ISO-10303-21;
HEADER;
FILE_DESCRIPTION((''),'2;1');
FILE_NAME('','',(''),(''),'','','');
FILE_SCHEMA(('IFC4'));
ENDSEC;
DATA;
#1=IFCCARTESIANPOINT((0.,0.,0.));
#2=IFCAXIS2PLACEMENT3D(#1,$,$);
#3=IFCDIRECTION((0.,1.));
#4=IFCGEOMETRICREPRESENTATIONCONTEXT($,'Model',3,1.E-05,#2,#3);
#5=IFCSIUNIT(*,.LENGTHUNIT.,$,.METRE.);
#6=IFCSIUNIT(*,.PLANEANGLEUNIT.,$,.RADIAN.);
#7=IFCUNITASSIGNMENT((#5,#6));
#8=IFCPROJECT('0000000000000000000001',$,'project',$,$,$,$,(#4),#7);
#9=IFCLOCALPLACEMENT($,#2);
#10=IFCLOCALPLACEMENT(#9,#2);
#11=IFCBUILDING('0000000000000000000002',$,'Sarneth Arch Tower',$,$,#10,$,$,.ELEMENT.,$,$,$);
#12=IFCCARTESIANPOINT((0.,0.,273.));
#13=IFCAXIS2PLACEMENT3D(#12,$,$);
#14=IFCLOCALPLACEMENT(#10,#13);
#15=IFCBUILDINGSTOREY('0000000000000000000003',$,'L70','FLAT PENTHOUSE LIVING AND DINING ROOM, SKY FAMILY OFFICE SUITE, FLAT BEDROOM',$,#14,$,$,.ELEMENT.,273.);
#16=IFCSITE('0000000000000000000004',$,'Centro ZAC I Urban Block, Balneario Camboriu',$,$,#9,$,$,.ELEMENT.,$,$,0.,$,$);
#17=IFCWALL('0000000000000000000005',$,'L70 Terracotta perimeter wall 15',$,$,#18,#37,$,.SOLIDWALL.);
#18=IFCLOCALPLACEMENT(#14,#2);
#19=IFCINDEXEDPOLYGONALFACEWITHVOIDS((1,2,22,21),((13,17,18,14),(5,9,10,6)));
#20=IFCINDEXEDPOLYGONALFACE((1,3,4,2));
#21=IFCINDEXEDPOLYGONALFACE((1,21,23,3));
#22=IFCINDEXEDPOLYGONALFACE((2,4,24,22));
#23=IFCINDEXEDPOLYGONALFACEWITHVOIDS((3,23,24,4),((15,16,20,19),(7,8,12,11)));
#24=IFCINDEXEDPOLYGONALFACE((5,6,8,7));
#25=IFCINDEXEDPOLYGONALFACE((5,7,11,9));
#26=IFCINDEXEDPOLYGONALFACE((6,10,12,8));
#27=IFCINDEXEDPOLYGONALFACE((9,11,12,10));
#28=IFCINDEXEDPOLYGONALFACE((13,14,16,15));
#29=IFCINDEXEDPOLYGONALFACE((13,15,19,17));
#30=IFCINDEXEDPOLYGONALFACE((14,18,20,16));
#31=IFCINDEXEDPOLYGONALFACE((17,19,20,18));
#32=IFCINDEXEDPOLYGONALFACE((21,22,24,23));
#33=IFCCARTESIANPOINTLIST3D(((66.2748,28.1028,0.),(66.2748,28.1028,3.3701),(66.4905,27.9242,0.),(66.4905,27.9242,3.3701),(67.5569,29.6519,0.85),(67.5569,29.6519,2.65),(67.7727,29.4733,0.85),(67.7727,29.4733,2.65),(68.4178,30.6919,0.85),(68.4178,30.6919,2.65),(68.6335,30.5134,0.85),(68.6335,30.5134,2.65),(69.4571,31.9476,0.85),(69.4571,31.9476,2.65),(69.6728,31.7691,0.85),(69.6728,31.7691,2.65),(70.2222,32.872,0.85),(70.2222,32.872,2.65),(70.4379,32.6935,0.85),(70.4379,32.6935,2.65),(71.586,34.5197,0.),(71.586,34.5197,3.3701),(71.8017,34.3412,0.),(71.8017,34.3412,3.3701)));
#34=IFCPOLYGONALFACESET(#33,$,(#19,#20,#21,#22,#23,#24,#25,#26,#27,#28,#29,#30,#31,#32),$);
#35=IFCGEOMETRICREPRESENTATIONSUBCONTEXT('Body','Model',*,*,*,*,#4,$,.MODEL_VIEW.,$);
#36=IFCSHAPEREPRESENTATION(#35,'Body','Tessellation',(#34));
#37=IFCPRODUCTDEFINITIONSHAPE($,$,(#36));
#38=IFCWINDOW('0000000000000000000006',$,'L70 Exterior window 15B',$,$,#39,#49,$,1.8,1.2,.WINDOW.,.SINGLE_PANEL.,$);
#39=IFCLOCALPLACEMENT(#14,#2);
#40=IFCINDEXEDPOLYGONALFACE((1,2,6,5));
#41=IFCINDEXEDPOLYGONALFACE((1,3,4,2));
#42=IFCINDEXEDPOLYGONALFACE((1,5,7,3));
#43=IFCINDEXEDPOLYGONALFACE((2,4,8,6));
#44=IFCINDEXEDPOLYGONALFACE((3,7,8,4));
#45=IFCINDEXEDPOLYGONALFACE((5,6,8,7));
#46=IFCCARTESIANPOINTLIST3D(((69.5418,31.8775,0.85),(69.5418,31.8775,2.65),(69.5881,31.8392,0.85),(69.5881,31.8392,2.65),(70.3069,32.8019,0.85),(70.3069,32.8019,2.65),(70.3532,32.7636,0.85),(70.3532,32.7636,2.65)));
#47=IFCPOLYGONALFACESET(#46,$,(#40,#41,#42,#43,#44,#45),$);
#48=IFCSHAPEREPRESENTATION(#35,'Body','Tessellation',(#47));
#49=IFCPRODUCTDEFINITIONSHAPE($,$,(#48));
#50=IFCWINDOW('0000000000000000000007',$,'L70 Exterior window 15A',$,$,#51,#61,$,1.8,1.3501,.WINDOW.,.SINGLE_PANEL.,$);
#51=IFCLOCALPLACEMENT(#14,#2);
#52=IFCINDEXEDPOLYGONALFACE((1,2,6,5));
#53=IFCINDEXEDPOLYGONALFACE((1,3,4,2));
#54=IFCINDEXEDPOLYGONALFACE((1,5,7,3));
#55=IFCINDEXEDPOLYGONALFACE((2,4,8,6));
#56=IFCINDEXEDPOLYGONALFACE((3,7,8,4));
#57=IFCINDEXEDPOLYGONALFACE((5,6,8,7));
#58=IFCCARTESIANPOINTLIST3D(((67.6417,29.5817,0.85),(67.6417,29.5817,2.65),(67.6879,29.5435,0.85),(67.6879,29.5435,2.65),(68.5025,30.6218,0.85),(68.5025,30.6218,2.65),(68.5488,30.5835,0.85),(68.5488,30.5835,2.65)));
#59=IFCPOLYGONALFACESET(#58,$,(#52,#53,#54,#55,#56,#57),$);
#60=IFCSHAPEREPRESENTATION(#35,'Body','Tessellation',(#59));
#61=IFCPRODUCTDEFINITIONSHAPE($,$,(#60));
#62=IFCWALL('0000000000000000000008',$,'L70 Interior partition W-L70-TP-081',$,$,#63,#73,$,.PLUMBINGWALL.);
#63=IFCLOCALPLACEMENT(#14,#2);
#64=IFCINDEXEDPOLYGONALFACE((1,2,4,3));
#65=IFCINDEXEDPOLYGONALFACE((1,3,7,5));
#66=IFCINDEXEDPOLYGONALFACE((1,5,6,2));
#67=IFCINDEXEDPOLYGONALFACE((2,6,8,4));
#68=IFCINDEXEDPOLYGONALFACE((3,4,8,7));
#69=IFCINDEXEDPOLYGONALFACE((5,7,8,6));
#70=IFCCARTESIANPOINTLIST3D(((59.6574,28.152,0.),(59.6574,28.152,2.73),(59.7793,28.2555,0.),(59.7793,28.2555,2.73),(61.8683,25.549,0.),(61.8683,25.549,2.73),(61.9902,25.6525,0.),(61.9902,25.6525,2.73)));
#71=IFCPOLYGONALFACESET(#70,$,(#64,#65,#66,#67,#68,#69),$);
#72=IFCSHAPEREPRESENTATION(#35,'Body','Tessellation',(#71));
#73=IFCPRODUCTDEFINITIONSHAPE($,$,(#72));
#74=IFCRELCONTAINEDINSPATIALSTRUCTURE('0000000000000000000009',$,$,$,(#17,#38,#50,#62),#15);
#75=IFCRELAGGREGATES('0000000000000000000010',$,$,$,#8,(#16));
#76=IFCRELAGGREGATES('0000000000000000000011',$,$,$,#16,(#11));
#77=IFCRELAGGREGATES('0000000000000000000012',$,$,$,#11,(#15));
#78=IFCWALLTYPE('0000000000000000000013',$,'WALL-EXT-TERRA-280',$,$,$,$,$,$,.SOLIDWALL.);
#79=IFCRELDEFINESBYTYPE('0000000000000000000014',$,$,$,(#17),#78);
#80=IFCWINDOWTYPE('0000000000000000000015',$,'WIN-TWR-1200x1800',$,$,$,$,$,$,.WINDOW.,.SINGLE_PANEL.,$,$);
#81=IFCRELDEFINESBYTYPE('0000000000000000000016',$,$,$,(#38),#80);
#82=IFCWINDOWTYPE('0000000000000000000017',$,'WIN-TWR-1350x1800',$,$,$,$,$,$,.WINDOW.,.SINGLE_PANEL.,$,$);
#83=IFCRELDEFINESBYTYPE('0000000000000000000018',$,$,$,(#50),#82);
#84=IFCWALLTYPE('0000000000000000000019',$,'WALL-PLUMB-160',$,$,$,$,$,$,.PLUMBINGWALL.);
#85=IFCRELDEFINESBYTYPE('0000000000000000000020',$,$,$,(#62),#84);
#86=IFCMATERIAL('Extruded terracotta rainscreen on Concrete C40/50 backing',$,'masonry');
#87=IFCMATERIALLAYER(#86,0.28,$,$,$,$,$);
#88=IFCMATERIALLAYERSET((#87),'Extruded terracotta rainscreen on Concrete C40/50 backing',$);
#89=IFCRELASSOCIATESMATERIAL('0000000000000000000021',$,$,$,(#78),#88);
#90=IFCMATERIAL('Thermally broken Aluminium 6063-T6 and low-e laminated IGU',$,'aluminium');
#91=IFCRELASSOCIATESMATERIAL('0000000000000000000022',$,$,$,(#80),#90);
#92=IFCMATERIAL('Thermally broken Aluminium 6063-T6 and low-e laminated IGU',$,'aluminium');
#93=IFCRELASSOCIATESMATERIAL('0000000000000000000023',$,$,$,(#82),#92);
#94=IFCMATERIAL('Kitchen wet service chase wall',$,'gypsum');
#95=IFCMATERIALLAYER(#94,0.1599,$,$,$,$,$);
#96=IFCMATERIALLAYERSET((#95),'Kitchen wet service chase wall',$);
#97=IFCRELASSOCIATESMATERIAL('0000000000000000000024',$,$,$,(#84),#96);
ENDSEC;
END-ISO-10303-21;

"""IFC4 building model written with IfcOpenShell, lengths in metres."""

from ifc_helpers import new_model, si_unit, direction, frame, frame_2d, origin, place, context, subcontext, project, spatial, rectangle, extrude, material, layer, layer_set, type_object, element, fill, save


model = new_model("IFC4")

# Units and contexts
model_context = context("Model", 3, precision=1e-05, world=origin(), true_north=direction((0.0, 1.0)))
body_context = subcontext(model_context, "Body", "Model", "MODEL_VIEW")
ifc_project = project(units=[si_unit("LENGTHUNIT", "METRE"), si_unit("PLANEANGLEUNIT", "RADIAN")], contexts=[model_context])

# Site, building, storey
site_placement = place(None, origin())
site = spatial("IfcSite", under=ifc_project, at=site_placement, Name="Centro ZAC I Urban Block, Balneario Camboriu", CompositionType="ELEMENT", RefElevation=0.0)
building_placement = place(site_placement, origin())
building = spatial("IfcBuilding", under=site, at=building_placement, Name="Sarneth Arch Tower", CompositionType="ELEMENT")
storey_placement = place(building_placement, frame((0.0, 0.0, 273.0)))
storey = spatial("IfcBuildingStorey", under=building, at=storey_placement, Name="L70", Description="FLAT PENTHOUSE LIVING AND DINING ROOM, SKY FAMILY OFFICE SUITE, FLAT BEDROOM", CompositionType="ELEMENT", Elevation=273.0)

# Wall, openings, windows
ifc_material_1 = material(Name="Extruded terracotta rainscreen on Concrete C40/50 backing", Category="masonry")
ifc_layer_1 = layer(ifc_material_1, 0.28)
ifc_layer_set_1 = layer_set([ifc_layer_1], Name="Extruded terracotta rainscreen on Concrete C40/50 backing")
wall_type_1 = type_object("IfcWallType", Name="WALL-EXT-TERRA-280", PredefinedType="SOLIDWALL", material=ifc_layer_set_1)
wall_1_placement = place(storey_placement, frame((66.3826, 28.0134, 0.0), z_axis=(0.0, 0.0, 1.0), x_axis=(0.637615, 0.770355, 0.0)))
wall_1 = element("IfcWall", 1, at=wall_1_placement, inside=storey, type_object=wall_type_1, Name="L70 Terracotta perimeter wall 15", PredefinedType="SOLIDWALL", context=body_context, shape_type="SweptSolid", body=[
    extrude(rectangle(XDim=8.3298, YDim=0.28, at=frame_2d((4.165, 0.0))), origin(), (0.0, 0.0, 1.0), 3.3701),
])
opening_1_placement = place(wall_1_placement, frame((2.011, 0.0, 0.8501)))
opening_1 = element("IfcOpeningElement", 2, at=opening_1_placement, cuts=wall_1, PredefinedType="OPENING", context=body_context, shape_type="SweptSolid", body=[
    extrude(rectangle(XDim=1.3501, YDim=1.8, at=frame_2d((0.675, 0.8999))), frame((0.0, 0.1499, 0.0), z_axis=(0.0, -1.0, 0.0), x_axis=(1.0, 0.0, 0.0)), (0.0, 0.0, 1.0), 0.3),
])
opening_2_placement = place(wall_1_placement, frame((4.991, 0.0, 0.8501)))
opening_2 = element("IfcOpeningElement", 3, at=opening_2_placement, cuts=wall_1, PredefinedType="OPENING", context=body_context, shape_type="SweptSolid", body=[
    extrude(rectangle(XDim=1.2, YDim=1.8, at=frame_2d((0.6001, 0.8999))), frame((0.0, 0.1499, 0.0), z_axis=(0.0, -1.0, 0.0), x_axis=(1.0, 0.0, 0.0)), (0.0, 0.0, 1.0), 0.3),
])
ifc_material_2 = material(Name="Thermally broken Aluminium 6063-T6 and low-e laminated IGU", Category="aluminium")
window_type_1 = type_object("IfcWindowType", Name="WIN-TWR-1200x1800", PartitioningType="SINGLE_PANEL", PredefinedType="WINDOW", material=ifc_material_2)
window_1_placement = place(opening_2_placement, origin())
window_1 = element("IfcWindow", 4, at=window_1_placement, inside=storey, type_object=window_type_1, Name="L70 Exterior window 15B", OverallHeight=1.8, OverallWidth=1.2, PartitioningType="SINGLE_PANEL", PredefinedType="WINDOW", context=body_context, shape_type="SweptSolid", body=[
    extrude(rectangle(XDim=1.2, YDim=1.8, at=frame_2d((0.6001, 0.8999))), frame((0.0, 0.03, 0.0), z_axis=(0.0, -1.0, 0.0), x_axis=(1.0, 0.0, 0.0)), (0.0, 0.0, 1.0), 0.0601),
])
fill(opening_2, window_1)
ifc_material_3 = material(Name="Thermally broken Aluminium 6063-T6 and low-e laminated IGU", Category="aluminium")
window_type_2 = type_object("IfcWindowType", Name="WIN-TWR-1350x1800", PartitioningType="SINGLE_PANEL", PredefinedType="WINDOW", material=ifc_material_3)
window_2_placement = place(opening_1_placement, origin())
window_2 = element("IfcWindow", 5, at=window_2_placement, inside=storey, type_object=window_type_2, Name="L70 Exterior window 15A", OverallHeight=1.8, OverallWidth=1.3501, PartitioningType="SINGLE_PANEL", PredefinedType="WINDOW", context=body_context, shape_type="SweptSolid", body=[
    extrude(rectangle(XDim=1.3501, YDim=1.8, at=frame_2d((0.675, 0.8999))), frame((0.0, 0.03, 0.0), z_axis=(0.0, -1.0, 0.0), x_axis=(1.0, 0.0, 0.0)), (0.0, 0.0, 1.0), 0.0601),
])
fill(opening_1, window_2)

# Wall
ifc_material_4 = material(Name="Kitchen wet service chase wall", Category="gypsum")
ifc_layer_2 = layer(ifc_material_4, 0.1599)
ifc_layer_set_2 = layer_set([ifc_layer_2], Name="Kitchen wet service chase wall")
wall_type_2 = type_object("IfcWallType", Name="WALL-PLUMB-160", PredefinedType="PLUMBINGWALL", material=ifc_layer_set_2)
wall_2_placement = place(storey_placement, frame((61.9292, 25.6008, 0.0), z_axis=(0.0, 0.0, 1.0), x_axis=(-0.64737, 0.762176, 0.0)))
element("IfcWall", 6, at=wall_2_placement, inside=storey, type_object=wall_type_2, Name="L70 Interior partition W-L70-TP-081", PredefinedType="PLUMBINGWALL", context=body_context, shape_type="SweptSolid", body=[
    extrude(rectangle(XDim=3.4153, YDim=0.1599, at=frame_2d((1.7075, 0.0))), origin(), (0.0, 0.0, 1.0), 2.73),
])

save(model, "model.ifc")
